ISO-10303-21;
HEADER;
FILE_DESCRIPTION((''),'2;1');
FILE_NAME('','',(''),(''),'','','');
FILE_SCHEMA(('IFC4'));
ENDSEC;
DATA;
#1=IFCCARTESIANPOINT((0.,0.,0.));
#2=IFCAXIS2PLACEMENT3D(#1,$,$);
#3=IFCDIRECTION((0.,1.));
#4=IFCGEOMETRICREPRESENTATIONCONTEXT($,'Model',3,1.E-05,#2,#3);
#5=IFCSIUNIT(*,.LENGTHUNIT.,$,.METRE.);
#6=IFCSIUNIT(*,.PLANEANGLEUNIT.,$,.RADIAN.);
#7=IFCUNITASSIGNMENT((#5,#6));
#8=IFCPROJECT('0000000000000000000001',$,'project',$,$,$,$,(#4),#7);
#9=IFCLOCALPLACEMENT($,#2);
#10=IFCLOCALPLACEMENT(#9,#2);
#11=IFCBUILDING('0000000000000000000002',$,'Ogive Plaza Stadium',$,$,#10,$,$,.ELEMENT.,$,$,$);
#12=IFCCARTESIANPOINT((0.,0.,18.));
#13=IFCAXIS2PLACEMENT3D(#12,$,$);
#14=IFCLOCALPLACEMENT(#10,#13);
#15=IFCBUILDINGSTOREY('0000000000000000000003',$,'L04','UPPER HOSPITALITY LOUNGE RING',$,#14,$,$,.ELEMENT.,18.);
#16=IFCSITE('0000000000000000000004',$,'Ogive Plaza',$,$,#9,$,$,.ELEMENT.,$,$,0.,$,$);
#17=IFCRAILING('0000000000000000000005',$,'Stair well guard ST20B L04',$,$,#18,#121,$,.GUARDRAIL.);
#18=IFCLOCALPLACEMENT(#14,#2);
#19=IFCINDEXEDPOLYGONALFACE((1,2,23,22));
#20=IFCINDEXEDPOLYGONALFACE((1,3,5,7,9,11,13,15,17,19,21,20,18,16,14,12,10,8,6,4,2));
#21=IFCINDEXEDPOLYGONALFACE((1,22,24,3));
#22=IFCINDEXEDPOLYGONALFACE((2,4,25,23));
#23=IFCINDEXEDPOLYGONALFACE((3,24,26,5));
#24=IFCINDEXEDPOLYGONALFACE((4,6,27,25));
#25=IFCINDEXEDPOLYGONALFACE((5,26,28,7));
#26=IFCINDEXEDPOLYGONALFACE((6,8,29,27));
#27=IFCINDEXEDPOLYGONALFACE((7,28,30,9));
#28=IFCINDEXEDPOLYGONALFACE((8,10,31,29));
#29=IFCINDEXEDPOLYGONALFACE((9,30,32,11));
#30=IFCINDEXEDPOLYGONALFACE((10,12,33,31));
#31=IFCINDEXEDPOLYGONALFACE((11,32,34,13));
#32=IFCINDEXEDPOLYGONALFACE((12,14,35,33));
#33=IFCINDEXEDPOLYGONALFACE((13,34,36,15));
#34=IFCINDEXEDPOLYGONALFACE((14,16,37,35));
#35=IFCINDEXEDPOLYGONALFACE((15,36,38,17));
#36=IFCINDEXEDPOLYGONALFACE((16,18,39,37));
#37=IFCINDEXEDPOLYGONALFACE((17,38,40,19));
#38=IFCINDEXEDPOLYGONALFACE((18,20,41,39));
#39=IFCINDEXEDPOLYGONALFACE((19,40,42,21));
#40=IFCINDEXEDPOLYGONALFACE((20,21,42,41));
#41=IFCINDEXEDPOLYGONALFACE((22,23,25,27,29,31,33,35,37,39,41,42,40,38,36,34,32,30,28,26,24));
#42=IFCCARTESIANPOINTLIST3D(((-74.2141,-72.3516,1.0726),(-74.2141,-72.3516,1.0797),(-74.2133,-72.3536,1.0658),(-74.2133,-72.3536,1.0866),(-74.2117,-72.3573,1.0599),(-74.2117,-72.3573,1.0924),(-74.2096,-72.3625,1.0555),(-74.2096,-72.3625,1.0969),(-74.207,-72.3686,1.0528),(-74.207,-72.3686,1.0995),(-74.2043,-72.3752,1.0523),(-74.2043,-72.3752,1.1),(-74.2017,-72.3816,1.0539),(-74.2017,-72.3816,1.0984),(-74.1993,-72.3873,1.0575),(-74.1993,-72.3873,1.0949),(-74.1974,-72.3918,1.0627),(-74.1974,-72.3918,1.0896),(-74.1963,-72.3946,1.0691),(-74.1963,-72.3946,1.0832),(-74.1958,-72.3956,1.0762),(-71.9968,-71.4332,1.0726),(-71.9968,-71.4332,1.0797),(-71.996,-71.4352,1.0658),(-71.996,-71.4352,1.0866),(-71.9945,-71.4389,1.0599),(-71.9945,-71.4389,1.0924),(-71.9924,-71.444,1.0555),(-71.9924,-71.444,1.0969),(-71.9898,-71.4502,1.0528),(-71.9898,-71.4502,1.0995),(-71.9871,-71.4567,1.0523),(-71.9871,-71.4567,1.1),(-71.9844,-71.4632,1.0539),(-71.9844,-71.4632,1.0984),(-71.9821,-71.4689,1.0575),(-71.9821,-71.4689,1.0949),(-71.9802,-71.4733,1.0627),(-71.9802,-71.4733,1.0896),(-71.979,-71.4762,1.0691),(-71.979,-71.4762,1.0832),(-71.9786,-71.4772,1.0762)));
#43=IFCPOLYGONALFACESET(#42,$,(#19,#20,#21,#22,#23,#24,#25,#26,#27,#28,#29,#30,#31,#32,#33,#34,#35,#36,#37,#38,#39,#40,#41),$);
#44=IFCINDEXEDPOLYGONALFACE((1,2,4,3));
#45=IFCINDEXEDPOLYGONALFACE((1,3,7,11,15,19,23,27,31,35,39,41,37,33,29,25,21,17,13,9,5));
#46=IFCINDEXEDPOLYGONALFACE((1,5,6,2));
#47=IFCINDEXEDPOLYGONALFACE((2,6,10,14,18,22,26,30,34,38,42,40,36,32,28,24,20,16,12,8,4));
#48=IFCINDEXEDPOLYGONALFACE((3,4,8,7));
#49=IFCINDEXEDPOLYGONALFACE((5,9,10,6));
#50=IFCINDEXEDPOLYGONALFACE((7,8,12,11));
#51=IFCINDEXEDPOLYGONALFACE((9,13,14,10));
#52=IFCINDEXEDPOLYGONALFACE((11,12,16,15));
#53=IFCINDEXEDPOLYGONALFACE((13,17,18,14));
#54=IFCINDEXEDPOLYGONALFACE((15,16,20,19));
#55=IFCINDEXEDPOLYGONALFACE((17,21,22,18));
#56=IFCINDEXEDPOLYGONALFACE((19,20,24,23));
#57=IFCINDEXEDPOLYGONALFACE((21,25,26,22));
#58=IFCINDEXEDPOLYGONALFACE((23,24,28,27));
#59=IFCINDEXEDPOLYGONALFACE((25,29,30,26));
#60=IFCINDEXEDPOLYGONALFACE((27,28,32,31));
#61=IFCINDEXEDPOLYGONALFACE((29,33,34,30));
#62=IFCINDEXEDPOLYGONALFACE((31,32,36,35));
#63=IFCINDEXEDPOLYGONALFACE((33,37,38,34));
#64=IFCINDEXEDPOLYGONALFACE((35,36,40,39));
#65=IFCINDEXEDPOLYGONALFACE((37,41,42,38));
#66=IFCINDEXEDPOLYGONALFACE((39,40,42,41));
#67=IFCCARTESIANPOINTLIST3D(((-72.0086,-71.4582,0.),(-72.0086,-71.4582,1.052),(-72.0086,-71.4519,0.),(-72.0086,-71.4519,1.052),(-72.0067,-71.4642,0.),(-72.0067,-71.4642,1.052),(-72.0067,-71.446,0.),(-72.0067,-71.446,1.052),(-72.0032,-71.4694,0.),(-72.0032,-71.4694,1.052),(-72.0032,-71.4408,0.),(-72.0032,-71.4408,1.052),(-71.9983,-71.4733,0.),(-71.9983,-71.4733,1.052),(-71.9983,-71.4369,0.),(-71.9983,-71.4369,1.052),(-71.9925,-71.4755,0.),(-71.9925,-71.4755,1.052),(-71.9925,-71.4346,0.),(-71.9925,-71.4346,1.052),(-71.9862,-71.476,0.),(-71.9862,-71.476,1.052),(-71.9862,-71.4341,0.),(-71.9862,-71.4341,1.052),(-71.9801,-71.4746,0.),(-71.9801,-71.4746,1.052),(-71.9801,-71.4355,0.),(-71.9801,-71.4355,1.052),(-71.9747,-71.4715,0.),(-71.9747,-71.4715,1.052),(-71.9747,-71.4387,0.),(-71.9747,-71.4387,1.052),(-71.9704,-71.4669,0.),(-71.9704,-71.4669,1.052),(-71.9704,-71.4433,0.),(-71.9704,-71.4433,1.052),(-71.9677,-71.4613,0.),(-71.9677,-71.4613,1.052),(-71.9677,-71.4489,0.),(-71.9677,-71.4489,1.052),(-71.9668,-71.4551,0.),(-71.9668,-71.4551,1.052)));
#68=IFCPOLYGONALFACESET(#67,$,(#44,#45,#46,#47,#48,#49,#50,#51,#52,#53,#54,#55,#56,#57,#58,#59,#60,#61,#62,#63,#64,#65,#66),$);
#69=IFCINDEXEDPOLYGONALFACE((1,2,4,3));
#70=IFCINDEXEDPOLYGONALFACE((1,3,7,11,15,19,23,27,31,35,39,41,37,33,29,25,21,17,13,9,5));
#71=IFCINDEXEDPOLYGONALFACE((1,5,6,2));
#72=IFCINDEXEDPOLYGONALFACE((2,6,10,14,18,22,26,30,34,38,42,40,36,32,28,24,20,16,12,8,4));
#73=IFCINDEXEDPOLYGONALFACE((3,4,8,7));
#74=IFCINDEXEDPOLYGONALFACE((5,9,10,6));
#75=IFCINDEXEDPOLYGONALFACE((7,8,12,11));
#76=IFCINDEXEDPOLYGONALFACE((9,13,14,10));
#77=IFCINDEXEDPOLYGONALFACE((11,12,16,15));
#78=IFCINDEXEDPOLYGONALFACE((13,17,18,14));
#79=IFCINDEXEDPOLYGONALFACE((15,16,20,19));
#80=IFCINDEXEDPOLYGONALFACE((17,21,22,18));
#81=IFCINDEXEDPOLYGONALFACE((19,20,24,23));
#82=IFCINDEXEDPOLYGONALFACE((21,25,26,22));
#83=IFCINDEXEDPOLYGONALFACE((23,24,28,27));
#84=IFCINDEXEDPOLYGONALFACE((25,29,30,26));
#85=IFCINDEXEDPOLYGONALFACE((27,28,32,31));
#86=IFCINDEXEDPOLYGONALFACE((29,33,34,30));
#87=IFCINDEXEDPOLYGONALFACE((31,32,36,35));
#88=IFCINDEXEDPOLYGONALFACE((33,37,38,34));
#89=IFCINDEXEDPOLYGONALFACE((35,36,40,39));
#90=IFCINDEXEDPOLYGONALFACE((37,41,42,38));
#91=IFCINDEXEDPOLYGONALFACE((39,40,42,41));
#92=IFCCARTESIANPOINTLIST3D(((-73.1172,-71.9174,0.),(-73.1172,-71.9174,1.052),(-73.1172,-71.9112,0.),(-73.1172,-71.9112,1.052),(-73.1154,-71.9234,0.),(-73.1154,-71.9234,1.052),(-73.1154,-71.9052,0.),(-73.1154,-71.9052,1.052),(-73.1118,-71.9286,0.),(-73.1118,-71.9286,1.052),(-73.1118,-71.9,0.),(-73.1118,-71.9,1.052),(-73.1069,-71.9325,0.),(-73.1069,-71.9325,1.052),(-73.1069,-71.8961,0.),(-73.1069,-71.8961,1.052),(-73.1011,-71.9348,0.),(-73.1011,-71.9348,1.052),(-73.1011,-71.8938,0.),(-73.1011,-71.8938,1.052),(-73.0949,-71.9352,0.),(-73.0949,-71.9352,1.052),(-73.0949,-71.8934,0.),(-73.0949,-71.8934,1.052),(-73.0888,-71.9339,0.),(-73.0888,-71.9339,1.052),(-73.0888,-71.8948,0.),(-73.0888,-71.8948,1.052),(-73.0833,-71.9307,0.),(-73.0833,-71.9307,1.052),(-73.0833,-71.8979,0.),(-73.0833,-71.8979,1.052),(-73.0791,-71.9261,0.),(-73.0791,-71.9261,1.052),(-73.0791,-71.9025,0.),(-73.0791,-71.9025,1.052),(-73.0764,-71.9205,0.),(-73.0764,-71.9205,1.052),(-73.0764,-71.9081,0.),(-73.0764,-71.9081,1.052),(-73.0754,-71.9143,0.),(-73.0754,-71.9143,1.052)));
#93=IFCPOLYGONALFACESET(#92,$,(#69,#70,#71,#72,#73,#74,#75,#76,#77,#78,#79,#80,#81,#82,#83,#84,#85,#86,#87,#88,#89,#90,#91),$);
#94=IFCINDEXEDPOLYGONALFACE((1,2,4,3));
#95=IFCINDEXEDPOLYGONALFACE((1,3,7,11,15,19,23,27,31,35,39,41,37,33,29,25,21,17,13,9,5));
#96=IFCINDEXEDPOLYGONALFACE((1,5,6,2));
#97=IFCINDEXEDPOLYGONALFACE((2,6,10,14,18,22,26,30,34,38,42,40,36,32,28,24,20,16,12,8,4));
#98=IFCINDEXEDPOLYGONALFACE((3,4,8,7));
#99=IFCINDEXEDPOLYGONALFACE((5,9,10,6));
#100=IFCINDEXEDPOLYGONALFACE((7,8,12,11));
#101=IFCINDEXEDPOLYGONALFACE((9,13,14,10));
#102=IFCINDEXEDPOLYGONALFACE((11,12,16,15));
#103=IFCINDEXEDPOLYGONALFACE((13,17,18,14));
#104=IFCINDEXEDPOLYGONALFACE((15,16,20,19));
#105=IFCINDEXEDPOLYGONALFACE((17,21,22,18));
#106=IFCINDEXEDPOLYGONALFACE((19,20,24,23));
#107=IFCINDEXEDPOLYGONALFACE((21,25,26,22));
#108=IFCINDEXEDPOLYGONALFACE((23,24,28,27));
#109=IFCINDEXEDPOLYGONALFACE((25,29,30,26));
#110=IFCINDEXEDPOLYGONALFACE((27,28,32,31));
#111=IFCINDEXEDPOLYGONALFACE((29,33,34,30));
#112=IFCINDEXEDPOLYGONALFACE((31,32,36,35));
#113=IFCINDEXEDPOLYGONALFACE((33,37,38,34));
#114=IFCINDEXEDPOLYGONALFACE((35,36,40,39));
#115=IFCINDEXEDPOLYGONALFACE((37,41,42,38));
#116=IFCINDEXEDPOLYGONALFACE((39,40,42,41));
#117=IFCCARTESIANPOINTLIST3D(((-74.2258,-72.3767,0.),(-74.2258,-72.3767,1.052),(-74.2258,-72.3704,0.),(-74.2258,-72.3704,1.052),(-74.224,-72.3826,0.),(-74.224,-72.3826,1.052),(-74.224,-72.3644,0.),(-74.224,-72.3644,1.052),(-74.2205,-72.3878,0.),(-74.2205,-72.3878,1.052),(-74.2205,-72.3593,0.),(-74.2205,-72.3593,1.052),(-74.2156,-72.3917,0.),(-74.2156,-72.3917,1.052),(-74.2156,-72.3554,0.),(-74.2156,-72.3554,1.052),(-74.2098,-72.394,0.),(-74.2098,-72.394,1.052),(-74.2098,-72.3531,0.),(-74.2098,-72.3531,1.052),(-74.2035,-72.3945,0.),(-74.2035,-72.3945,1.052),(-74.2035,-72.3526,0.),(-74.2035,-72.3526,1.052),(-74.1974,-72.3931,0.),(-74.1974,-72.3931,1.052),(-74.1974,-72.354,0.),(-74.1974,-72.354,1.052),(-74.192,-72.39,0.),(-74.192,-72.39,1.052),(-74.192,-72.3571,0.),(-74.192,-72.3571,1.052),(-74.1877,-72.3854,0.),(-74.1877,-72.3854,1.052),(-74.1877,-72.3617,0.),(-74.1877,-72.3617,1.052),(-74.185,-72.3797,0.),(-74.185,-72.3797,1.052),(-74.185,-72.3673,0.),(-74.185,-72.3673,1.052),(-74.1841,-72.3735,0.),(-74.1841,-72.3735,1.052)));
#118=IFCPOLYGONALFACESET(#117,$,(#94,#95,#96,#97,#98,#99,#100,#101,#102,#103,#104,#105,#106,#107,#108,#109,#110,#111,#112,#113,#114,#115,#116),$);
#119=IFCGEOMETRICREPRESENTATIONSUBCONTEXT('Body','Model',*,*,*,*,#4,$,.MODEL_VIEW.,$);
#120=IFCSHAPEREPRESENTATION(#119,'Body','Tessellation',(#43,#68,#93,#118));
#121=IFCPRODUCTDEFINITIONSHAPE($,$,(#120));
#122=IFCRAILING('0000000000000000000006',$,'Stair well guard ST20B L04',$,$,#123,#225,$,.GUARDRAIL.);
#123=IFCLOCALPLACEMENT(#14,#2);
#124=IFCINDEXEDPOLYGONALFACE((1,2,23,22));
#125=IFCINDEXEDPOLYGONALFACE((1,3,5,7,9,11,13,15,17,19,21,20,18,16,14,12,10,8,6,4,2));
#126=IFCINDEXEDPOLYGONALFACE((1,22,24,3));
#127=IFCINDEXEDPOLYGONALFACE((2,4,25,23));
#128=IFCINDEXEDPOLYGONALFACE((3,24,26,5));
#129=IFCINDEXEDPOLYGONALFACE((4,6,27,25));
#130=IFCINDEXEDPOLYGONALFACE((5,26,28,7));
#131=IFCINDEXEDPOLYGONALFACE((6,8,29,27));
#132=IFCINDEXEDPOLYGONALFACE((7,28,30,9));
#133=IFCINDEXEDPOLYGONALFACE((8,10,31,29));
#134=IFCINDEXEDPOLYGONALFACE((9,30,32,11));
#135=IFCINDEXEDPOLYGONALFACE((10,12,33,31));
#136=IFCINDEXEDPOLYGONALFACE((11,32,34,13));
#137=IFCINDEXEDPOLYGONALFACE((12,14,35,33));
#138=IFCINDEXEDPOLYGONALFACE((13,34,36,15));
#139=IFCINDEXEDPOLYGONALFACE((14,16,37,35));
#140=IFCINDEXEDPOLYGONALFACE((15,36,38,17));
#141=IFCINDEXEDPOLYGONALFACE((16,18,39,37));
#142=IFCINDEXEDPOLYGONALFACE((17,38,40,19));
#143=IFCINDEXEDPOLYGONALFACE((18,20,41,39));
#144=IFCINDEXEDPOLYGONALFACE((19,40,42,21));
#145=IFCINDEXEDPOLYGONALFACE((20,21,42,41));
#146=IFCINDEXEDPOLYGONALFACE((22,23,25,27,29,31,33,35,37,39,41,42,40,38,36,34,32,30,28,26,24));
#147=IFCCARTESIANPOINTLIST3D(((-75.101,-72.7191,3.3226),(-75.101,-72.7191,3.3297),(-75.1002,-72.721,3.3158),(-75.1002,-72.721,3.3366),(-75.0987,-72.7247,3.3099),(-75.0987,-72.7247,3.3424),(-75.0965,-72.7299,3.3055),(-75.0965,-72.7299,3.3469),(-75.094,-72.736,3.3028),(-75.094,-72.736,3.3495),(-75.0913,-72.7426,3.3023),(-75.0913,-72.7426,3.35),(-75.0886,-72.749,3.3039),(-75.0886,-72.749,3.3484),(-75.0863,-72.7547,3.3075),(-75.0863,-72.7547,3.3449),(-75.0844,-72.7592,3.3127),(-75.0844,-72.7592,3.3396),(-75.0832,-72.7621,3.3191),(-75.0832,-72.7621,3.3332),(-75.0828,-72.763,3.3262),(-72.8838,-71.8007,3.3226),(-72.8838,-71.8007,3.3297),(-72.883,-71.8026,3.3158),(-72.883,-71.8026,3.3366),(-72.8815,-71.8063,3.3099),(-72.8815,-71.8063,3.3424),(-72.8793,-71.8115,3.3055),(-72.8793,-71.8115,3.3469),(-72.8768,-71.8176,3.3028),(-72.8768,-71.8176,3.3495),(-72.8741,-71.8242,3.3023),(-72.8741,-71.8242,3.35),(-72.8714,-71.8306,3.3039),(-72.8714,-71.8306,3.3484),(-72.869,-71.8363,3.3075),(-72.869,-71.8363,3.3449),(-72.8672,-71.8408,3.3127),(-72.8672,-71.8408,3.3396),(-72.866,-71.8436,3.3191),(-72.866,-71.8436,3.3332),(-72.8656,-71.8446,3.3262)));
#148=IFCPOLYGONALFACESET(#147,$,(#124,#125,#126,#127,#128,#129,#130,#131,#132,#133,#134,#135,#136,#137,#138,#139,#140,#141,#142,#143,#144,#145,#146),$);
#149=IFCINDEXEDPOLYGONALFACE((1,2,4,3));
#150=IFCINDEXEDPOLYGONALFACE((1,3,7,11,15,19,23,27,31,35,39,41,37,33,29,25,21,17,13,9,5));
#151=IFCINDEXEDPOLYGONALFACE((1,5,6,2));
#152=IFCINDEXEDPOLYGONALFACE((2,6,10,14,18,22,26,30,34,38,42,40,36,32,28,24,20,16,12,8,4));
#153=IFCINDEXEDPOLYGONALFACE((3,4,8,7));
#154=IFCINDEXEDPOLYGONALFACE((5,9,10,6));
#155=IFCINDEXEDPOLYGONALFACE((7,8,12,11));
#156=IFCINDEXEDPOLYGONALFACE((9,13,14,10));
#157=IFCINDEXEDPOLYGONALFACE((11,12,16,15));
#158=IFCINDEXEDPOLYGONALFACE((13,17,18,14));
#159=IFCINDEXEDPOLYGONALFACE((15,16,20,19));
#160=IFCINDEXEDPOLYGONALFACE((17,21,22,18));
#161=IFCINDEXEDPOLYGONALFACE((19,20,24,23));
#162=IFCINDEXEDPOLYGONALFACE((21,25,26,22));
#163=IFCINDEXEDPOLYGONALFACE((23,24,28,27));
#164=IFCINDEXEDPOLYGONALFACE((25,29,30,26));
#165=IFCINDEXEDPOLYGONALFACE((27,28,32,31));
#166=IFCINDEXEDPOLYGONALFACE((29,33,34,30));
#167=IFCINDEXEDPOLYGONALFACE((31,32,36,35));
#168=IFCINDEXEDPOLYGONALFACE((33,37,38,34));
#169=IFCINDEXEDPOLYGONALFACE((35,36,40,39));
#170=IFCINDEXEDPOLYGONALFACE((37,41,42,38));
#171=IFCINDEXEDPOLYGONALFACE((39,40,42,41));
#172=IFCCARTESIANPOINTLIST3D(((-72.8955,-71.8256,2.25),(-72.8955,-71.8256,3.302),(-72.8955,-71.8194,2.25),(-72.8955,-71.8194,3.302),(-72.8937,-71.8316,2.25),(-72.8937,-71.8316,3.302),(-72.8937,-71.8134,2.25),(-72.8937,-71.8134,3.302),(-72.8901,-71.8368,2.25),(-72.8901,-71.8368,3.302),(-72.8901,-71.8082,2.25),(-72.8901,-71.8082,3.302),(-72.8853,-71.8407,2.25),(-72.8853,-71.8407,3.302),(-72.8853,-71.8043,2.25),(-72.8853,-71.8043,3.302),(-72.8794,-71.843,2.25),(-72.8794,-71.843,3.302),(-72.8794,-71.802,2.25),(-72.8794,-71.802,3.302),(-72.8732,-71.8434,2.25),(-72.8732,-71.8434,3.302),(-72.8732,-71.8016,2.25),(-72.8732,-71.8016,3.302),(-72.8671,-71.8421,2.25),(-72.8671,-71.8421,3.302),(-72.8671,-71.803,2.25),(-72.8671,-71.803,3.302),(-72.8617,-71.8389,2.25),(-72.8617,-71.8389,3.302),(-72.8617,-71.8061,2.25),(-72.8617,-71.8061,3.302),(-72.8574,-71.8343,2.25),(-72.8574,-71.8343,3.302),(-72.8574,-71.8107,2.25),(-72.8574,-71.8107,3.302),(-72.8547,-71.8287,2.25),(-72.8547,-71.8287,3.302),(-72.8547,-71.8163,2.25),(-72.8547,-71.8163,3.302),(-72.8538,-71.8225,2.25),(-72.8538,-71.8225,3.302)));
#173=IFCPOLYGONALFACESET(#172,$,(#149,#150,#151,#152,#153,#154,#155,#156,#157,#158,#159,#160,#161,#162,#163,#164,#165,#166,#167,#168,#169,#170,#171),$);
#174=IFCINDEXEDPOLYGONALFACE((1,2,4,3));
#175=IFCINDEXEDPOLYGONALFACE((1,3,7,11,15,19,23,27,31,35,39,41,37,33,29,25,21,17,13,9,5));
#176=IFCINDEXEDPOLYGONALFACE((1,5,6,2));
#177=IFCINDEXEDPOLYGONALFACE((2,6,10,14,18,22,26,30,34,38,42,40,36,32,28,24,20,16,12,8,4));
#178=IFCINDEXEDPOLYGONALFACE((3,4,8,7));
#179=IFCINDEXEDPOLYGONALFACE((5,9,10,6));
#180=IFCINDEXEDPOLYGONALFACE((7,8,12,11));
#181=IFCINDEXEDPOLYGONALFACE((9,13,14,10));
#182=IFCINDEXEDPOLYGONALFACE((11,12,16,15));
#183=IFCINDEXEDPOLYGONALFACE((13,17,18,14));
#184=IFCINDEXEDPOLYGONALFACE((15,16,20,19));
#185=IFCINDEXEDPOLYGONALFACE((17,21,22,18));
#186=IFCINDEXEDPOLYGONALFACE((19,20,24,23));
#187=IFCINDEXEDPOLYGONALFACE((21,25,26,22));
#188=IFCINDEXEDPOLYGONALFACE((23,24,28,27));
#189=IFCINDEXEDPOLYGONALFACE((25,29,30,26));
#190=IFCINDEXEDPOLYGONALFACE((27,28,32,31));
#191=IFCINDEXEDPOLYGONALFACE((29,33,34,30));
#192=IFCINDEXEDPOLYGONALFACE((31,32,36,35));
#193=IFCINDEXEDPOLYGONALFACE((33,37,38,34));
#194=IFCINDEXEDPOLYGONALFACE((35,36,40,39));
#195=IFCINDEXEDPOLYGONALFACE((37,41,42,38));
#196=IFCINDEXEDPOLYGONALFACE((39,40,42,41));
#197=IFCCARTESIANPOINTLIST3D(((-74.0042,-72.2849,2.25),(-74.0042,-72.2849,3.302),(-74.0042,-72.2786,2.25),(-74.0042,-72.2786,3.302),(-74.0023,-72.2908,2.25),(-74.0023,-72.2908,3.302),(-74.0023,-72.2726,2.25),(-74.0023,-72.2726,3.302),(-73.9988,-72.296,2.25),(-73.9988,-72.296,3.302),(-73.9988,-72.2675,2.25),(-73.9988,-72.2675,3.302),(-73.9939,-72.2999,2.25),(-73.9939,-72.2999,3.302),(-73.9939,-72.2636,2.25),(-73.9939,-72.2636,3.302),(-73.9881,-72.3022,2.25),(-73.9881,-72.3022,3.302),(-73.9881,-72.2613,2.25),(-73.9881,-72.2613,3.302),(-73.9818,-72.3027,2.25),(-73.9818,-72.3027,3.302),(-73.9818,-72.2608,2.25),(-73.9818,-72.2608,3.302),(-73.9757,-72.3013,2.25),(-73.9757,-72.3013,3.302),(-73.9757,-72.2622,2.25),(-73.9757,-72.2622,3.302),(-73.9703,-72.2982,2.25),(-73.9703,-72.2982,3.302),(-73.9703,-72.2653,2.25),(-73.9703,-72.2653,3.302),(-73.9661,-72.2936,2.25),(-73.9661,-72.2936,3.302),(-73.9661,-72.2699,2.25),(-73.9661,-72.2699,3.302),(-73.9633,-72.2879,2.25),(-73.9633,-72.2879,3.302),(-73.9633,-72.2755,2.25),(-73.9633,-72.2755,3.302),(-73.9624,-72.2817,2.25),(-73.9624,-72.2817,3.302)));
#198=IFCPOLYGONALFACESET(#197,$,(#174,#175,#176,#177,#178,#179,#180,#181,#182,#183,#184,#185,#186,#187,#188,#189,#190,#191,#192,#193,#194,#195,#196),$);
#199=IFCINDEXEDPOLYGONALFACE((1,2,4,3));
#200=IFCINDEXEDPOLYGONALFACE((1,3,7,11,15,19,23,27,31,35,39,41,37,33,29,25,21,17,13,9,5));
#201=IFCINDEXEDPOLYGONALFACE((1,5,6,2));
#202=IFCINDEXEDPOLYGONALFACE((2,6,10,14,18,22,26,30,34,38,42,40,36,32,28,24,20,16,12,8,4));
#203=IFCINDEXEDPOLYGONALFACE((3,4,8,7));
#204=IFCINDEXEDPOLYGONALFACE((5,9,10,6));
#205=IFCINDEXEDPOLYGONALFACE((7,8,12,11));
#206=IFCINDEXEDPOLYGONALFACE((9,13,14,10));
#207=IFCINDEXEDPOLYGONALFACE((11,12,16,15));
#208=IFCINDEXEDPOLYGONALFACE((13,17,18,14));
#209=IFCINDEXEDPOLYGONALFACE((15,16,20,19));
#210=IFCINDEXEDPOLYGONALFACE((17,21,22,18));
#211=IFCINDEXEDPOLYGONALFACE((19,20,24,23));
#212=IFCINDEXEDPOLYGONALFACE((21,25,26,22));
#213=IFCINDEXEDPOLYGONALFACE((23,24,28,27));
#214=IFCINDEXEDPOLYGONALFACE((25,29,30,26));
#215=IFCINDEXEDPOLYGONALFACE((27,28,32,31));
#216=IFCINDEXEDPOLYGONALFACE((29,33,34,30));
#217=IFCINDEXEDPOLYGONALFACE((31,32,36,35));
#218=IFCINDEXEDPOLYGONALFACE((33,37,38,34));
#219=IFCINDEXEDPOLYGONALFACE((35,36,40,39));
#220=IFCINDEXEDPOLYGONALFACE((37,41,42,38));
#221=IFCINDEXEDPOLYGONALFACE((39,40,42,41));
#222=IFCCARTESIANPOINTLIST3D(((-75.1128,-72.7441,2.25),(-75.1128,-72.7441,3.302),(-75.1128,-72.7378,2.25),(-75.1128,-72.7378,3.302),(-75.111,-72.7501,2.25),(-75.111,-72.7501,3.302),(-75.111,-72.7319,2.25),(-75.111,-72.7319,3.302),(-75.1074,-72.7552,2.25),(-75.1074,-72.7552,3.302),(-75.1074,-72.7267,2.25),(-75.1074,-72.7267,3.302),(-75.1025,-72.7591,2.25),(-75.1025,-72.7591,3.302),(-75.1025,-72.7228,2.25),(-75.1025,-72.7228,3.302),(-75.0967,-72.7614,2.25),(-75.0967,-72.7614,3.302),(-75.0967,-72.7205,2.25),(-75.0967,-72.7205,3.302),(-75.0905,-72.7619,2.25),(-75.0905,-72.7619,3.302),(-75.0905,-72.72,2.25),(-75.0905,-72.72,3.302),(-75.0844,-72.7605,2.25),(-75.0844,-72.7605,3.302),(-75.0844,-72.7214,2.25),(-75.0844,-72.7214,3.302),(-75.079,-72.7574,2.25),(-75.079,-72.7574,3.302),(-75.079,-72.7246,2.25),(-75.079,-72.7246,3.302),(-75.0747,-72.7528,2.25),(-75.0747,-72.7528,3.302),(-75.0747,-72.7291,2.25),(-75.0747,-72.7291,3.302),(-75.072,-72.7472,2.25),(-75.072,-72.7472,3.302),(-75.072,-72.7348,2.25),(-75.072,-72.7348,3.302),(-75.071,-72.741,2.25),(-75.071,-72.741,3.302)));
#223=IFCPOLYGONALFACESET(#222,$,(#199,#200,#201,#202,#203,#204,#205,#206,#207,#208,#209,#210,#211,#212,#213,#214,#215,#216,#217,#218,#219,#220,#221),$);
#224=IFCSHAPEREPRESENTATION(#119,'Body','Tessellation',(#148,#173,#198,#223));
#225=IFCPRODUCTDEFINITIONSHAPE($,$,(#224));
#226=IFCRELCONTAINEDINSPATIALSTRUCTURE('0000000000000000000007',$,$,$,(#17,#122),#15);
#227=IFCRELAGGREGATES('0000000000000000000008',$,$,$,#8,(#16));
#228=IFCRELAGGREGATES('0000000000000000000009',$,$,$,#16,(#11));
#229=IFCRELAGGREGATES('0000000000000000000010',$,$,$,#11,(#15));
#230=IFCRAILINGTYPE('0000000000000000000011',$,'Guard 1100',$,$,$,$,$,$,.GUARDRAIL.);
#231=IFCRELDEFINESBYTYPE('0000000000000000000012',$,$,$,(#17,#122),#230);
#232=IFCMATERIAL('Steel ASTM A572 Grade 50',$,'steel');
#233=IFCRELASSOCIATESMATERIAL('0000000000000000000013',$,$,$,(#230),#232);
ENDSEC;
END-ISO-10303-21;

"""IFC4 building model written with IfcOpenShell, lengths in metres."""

from ifc_helpers import new_model, si_unit, direction, frame, origin, origin_2d, place, context, subcontext, project, spatial, circle, extrude, material, type_object, element, save


model = new_model("IFC4")

# Units and contexts
model_context = context("Model", 3, precision=1e-05, world=origin(), true_north=direction((0.0, 1.0)))
body_context = subcontext(model_context, "Body", "Model", "MODEL_VIEW")
ifc_project = project(units=[si_unit("LENGTHUNIT", "METRE"), si_unit("PLANEANGLEUNIT", "RADIAN")], contexts=[model_context])

# Site, building, storey
site_placement = place(None, origin())
site = spatial("IfcSite", under=ifc_project, at=site_placement, Name="Ogive Plaza", CompositionType="ELEMENT", RefElevation=0.0)
building_placement = place(site_placement, origin())
building = spatial("IfcBuilding", under=site, at=building_placement, Name="Ogive Plaza Stadium", CompositionType="ELEMENT")
storey_placement = place(building_placement, frame((0.0, 0.0, 18.0)))
storey = spatial("IfcBuildingStorey", under=building, at=storey_placement, Name="L04", Description="UPPER HOSPITALITY LOUNGE RING", CompositionType="ELEMENT", Elevation=18.0)

# Railings
ifc_material_1 = material(Name="Steel ASTM A572 Grade 50", Category="steel")
railing_type_1 = type_object("IfcRailingType", Name="Guard 1100", PredefinedType="GUARDRAIL", material=ifc_material_1)
for number, where, name in (
    (1, (-71.9878, -71.4551, 0.0), "Stair well guard ST20B L04"),
    (2, (-72.8748, -71.8225, 2.25), "Stair well guard ST20B L04"),
):
    element("IfcRailing", number, at=place(storey_placement, frame(where)), inside=storey, type_object=railing_type_1, Name=name, PredefinedType="GUARDRAIL", context=body_context, shape_type="SweptSolid", body=[
        extrude(circle(Radius=0.0239, at=origin_2d()), frame((0.0, 0.0, 1.0762), z_axis=(-0.923875, -0.382693, 0.0), x_axis=(0.382693, -0.923875, 0.0)), (0.0, 0.0, 1.0), 2.3999),
        extrude(circle(Radius=0.021, at=origin_2d()), origin(), (0.0, 0.0, 1.0), 1.052),
        extrude(circle(Radius=0.021, at=origin_2d()), frame((-1.1086, -0.4592, 0.0)), (0.0, 0.0, 1.0), 1.052),
        extrude(circle(Radius=0.021, at=origin_2d()), frame((-2.2173, -0.9185, 0.0)), (0.0, 0.0, 1.0), 1.052),
    ])

save(model, "model.ifc")
